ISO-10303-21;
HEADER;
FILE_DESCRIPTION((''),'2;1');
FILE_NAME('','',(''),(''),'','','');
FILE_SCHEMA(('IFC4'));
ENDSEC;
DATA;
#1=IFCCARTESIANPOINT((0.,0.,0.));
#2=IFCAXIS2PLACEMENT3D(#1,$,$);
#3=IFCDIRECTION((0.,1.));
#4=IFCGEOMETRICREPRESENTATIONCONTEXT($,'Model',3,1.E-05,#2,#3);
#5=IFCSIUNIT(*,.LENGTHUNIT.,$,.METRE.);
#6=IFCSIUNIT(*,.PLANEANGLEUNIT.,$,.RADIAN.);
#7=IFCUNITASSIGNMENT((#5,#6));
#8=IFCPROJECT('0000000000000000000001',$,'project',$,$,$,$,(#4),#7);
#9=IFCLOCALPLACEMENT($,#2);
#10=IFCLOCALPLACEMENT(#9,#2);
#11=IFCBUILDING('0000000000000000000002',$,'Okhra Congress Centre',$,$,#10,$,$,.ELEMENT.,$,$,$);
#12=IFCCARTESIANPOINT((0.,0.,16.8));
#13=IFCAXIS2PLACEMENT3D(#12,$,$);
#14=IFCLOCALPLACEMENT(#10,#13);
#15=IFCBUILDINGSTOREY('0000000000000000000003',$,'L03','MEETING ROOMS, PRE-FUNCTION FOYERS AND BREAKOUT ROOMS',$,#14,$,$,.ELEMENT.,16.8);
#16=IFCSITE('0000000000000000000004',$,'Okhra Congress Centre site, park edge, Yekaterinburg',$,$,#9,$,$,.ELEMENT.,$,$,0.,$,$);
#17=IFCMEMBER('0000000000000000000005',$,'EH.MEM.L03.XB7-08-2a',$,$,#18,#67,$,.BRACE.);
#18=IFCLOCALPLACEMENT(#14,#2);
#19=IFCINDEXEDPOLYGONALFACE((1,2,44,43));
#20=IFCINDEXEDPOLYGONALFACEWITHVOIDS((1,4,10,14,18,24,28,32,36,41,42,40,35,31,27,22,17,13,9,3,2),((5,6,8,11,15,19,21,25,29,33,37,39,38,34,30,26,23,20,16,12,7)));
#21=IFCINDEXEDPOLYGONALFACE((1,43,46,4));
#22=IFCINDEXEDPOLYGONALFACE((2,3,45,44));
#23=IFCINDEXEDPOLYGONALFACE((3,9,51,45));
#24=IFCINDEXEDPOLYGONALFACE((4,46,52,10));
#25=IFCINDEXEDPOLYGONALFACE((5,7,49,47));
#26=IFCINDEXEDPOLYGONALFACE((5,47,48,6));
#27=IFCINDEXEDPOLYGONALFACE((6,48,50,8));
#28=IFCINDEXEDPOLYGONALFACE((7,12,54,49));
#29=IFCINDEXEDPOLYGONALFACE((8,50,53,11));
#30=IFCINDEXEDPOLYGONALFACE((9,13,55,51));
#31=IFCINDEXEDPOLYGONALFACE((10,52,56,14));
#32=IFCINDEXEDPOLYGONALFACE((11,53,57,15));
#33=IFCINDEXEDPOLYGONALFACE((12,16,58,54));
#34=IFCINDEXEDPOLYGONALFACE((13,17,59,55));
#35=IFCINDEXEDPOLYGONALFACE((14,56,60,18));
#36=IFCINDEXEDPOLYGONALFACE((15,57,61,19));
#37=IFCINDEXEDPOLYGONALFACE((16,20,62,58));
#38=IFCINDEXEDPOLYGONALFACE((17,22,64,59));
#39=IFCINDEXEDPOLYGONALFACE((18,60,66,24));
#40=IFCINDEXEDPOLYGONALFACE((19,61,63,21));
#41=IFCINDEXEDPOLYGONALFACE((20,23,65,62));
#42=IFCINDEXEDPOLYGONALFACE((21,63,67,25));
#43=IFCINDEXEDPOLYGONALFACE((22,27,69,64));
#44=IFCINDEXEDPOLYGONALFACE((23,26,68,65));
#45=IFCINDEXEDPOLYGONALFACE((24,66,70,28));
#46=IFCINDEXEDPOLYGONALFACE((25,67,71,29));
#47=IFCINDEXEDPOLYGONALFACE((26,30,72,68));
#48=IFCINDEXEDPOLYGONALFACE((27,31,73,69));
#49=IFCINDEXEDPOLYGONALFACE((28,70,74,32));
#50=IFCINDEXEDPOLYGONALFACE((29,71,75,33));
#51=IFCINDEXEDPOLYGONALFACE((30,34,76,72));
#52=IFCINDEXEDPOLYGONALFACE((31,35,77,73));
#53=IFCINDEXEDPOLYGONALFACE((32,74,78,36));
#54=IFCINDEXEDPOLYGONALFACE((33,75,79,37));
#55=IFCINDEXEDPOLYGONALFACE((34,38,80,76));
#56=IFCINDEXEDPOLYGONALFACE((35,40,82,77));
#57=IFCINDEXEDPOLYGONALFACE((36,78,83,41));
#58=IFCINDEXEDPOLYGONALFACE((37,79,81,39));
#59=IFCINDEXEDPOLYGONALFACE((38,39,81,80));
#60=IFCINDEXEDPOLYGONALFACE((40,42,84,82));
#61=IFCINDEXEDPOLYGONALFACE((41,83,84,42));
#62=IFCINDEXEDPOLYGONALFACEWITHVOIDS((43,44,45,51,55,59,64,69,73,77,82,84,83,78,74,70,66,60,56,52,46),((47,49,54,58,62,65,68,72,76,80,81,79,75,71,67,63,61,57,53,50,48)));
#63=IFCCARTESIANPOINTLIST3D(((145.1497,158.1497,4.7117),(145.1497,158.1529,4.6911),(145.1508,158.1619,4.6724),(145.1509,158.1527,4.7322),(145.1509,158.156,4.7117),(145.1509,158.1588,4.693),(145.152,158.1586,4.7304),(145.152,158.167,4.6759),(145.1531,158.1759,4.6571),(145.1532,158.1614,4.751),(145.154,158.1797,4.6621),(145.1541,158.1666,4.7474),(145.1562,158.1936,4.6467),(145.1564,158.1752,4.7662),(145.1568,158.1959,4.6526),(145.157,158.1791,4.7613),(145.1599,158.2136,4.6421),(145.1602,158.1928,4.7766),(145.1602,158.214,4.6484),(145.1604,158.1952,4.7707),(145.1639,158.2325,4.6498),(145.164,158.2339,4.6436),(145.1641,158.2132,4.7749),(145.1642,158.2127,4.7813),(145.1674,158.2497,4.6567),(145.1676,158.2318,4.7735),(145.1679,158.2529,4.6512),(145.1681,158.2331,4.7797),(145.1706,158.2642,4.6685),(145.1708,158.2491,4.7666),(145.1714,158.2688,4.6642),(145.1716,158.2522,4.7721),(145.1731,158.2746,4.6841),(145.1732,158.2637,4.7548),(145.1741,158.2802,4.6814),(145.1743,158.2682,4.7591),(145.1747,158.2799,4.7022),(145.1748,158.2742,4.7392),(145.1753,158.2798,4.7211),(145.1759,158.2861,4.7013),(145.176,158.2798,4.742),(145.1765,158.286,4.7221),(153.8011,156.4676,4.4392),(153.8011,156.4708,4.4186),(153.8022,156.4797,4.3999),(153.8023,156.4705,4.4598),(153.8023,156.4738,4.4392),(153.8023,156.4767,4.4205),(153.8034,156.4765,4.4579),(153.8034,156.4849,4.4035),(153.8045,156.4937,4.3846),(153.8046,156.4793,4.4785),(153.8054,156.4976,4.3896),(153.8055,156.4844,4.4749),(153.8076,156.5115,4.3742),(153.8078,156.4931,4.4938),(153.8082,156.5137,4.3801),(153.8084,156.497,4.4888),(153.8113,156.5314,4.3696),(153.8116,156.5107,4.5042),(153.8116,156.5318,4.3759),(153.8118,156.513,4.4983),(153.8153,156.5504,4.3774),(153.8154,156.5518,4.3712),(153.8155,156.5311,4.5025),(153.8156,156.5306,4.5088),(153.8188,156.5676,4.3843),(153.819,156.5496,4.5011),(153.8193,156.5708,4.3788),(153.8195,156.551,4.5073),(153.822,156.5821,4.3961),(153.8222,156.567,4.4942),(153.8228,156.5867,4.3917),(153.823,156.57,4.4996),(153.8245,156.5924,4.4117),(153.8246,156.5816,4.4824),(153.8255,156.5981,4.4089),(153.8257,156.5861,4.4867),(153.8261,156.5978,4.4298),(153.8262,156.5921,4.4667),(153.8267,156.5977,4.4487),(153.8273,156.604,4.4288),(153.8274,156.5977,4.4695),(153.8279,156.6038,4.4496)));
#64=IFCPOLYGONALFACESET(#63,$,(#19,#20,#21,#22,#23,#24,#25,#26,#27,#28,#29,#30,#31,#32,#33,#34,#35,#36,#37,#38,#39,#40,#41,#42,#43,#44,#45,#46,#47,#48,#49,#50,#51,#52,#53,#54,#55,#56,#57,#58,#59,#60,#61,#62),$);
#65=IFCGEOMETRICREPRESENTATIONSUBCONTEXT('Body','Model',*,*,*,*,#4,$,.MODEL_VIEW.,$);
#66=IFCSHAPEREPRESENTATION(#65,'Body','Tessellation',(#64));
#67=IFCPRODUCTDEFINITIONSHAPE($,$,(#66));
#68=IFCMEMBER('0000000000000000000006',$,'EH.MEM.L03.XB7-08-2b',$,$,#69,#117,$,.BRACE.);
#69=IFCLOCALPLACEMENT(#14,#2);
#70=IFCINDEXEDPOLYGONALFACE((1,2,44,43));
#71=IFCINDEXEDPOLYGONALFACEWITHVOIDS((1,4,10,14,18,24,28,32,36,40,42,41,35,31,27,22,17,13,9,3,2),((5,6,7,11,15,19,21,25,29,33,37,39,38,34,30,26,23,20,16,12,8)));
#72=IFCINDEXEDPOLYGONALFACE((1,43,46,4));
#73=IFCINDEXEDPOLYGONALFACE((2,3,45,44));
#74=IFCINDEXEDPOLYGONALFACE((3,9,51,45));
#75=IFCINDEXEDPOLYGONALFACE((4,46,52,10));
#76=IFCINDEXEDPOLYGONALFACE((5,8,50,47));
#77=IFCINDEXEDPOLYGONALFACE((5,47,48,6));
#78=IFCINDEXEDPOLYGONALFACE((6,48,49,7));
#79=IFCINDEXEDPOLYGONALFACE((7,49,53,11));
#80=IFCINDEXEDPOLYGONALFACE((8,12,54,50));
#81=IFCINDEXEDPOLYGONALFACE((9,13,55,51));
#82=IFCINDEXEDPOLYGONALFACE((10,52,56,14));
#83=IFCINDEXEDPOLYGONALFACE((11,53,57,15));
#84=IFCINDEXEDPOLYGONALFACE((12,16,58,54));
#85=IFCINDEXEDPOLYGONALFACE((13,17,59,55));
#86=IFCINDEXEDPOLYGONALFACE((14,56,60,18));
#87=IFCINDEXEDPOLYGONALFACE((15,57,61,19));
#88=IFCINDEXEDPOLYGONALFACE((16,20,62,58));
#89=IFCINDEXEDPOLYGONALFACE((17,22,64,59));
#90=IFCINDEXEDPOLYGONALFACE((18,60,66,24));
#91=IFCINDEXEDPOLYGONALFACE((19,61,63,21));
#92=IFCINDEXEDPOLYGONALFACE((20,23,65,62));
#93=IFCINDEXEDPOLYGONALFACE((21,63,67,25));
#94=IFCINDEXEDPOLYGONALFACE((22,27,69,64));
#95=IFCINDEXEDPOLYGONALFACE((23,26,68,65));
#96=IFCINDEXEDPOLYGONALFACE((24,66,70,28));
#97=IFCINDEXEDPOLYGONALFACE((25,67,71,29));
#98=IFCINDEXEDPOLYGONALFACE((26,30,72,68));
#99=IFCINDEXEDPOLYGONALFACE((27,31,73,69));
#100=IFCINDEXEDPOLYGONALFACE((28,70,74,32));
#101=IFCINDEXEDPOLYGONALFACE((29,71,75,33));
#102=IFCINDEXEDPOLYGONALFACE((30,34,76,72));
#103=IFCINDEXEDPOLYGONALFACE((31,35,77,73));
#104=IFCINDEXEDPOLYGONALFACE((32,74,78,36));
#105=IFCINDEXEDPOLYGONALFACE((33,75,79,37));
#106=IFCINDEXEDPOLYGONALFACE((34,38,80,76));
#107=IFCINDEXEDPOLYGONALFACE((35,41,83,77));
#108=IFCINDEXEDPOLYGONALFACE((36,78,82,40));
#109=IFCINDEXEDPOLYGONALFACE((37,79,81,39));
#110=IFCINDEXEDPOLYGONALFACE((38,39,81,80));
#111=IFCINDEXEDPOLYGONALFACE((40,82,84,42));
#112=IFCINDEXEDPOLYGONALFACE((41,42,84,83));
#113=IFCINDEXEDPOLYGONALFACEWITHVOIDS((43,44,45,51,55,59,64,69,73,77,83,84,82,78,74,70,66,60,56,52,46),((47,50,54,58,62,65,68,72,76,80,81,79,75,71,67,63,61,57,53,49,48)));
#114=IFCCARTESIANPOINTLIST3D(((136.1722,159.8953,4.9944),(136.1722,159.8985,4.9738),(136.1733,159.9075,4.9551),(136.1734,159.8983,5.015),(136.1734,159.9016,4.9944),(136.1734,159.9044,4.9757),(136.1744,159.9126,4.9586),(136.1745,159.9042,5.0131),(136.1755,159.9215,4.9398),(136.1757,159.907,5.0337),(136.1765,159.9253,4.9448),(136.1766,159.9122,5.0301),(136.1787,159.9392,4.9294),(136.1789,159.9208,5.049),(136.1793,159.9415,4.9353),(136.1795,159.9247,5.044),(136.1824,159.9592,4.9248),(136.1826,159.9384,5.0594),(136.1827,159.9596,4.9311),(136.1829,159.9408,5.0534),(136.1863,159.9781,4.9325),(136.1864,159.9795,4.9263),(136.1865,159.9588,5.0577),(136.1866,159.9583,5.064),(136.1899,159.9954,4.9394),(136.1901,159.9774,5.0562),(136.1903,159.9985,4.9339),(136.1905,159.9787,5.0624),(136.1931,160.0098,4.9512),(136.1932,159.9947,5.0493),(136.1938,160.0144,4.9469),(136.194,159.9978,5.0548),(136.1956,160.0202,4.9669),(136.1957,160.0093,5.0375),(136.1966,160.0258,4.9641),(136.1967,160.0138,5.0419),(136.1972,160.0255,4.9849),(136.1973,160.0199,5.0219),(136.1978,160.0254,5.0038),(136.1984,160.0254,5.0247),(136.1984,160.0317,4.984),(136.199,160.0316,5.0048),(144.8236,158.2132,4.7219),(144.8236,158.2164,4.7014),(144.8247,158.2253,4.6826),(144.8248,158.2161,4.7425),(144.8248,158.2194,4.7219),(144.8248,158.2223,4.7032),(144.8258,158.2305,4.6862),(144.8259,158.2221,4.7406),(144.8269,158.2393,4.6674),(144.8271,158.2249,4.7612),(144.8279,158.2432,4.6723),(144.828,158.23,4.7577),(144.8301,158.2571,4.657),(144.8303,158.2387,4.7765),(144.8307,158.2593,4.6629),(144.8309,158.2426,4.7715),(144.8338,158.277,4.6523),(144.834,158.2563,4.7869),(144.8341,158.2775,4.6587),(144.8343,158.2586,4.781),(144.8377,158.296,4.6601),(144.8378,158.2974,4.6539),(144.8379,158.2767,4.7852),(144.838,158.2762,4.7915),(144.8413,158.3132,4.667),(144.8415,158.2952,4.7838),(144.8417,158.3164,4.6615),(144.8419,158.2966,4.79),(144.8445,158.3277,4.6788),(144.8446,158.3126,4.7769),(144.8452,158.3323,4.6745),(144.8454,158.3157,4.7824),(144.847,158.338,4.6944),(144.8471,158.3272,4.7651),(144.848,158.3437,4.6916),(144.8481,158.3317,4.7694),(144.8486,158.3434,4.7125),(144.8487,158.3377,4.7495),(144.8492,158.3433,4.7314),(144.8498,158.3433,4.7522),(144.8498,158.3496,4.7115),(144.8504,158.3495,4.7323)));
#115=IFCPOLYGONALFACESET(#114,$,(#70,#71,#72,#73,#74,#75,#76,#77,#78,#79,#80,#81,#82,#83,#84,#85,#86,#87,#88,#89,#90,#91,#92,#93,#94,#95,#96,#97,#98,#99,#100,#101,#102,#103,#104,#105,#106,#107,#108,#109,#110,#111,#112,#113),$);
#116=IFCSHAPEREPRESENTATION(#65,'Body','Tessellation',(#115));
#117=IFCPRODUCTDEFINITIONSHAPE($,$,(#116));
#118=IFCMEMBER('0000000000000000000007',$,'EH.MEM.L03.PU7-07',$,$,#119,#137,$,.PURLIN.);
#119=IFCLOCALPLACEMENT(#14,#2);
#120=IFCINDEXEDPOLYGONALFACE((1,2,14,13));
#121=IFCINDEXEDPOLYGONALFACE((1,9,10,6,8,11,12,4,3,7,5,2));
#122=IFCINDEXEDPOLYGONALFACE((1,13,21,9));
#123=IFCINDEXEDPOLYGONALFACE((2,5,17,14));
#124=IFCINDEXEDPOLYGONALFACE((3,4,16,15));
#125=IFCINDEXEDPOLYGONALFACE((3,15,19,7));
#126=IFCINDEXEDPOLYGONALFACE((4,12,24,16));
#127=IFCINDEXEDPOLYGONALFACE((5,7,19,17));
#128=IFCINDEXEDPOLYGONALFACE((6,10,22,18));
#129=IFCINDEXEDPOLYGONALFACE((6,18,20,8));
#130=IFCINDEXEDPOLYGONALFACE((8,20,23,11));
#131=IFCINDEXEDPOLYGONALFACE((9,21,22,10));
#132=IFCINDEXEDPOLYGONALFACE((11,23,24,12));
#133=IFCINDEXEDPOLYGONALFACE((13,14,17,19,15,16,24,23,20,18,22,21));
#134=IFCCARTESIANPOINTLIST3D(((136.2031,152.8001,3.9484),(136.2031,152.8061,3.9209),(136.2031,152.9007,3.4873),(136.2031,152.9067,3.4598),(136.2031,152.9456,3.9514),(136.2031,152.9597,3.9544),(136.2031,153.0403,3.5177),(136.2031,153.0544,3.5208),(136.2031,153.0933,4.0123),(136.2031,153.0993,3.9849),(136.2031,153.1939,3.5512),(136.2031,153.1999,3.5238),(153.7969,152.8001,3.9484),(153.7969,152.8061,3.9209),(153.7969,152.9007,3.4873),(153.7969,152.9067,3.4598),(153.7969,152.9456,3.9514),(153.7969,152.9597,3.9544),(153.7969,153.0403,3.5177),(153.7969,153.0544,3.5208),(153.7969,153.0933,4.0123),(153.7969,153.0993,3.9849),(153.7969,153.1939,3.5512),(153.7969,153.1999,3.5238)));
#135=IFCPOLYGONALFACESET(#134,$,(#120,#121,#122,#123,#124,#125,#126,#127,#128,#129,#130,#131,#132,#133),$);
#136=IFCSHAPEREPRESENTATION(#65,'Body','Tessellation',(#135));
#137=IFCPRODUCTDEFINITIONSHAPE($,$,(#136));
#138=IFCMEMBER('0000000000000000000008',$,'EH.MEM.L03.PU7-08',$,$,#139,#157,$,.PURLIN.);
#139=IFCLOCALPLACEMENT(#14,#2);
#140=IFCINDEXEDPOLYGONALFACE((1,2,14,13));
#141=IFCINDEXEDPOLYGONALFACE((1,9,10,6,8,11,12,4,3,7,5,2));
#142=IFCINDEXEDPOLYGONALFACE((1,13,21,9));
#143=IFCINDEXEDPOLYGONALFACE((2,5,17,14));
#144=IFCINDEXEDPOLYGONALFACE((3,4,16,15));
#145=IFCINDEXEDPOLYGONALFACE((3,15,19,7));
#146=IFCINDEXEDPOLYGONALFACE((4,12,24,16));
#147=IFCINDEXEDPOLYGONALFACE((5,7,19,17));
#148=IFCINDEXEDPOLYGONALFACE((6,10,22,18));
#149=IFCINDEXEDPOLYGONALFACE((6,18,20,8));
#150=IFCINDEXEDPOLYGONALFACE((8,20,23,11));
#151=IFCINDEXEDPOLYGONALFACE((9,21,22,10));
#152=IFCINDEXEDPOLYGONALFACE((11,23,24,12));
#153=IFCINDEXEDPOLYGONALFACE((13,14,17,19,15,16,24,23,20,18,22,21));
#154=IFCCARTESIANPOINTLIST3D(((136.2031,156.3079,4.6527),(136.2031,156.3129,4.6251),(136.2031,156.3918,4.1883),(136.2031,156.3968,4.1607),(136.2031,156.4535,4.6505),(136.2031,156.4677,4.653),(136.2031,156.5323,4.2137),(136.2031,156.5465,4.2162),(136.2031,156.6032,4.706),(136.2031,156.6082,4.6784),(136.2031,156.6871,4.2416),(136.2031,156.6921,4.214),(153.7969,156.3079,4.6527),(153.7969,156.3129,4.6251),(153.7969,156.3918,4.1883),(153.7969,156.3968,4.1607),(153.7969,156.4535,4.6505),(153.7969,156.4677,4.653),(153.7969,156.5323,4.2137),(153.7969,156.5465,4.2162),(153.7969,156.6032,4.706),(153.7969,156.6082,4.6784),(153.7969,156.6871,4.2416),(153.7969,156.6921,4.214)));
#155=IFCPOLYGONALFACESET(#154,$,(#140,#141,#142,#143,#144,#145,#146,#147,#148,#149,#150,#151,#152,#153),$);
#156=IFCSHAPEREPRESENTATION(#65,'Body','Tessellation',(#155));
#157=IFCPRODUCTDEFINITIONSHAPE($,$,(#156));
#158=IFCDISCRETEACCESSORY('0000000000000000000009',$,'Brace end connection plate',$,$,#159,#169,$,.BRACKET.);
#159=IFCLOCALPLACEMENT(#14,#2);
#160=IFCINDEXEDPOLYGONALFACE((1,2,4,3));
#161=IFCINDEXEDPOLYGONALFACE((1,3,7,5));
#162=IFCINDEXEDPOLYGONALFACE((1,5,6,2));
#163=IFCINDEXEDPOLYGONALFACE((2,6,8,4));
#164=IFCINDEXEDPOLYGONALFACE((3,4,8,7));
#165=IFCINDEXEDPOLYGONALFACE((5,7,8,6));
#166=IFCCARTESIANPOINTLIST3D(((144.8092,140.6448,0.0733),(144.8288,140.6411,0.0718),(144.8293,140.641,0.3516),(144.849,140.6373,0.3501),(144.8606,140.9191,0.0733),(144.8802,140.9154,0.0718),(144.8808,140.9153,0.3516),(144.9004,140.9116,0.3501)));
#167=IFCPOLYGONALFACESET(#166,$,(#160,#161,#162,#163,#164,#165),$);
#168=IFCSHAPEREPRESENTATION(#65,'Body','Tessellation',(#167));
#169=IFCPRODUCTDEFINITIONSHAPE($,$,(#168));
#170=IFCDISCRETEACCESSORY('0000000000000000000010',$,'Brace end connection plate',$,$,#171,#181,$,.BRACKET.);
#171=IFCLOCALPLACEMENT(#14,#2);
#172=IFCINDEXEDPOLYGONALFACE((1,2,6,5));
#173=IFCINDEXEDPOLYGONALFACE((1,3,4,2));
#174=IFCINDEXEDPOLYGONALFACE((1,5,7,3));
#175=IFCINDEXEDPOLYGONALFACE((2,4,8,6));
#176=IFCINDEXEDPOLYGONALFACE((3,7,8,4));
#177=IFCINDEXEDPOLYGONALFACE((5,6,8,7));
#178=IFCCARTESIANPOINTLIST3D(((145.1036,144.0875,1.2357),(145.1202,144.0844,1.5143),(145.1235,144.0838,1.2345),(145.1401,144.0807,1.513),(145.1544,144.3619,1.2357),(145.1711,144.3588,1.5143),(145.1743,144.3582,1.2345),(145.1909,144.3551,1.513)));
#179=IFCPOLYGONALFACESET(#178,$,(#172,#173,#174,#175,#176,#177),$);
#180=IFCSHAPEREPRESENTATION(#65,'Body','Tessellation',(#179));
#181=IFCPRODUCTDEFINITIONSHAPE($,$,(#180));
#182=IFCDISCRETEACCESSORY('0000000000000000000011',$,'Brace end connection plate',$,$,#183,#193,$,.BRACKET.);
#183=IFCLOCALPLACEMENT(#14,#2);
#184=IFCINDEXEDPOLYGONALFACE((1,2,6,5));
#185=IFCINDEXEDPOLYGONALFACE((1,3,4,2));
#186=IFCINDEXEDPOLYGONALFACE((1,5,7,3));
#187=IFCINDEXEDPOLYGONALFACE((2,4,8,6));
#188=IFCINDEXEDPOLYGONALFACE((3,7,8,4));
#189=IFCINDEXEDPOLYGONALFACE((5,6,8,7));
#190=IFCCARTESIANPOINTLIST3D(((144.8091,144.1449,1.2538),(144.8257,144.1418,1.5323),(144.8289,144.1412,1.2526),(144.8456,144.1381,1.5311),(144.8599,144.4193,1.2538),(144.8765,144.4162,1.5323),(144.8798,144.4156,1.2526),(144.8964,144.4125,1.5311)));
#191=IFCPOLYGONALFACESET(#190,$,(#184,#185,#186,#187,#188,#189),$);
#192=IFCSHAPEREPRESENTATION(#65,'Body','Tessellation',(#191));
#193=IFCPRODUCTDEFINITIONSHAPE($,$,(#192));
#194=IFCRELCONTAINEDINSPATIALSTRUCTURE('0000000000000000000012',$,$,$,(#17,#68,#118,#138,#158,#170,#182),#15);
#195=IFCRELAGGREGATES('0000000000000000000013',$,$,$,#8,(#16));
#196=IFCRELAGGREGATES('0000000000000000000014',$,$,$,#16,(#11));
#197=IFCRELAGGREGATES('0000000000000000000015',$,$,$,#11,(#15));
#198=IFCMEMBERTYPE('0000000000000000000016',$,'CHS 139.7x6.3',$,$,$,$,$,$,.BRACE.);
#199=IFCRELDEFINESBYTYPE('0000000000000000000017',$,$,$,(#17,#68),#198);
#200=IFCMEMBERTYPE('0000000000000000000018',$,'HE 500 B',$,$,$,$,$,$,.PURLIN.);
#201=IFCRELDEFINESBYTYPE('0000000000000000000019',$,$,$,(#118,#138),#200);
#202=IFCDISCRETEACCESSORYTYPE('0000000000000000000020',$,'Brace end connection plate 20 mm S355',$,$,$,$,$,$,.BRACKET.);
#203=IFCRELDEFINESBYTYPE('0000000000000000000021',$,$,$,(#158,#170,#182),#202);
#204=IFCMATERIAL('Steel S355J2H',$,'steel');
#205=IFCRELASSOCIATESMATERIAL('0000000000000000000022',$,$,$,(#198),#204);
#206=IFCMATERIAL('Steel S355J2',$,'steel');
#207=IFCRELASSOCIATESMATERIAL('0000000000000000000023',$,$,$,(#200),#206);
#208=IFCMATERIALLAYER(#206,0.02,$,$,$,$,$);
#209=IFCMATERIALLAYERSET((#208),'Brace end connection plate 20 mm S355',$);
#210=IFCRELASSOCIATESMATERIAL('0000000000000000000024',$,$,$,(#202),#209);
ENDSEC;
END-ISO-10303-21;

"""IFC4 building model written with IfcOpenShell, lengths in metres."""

from ifc_helpers import new_model, si_unit, direction, frame, origin, origin_2d, place, context, subcontext, project, spatial, rectangle, hollow_circle, i_section, extrude, material, layer, layer_set, material_profile, profile_set, type_object, element, save


model = new_model("IFC4")

# Units and contexts
model_context = context("Model", 3, precision=1e-05, world=origin(), true_north=direction((0.0, 1.0)))
body_context = subcontext(model_context, "Body", "Model", "MODEL_VIEW")
ifc_project = project(units=[si_unit("LENGTHUNIT", "METRE"), si_unit("PLANEANGLEUNIT", "RADIAN")], contexts=[model_context])

# Site, building, storey
site_placement = place(None, origin())
site = spatial("IfcSite", under=ifc_project, at=site_placement, Name="Okhra Congress Centre site, park edge, Yekaterinburg", CompositionType="ELEMENT", RefElevation=0.0)
building_placement = place(site_placement, origin())
building = spatial("IfcBuilding", under=site, at=building_placement, Name="Okhra Congress Centre", CompositionType="ELEMENT")
storey_placement = place(building_placement, frame((0.0, 0.0, 16.8)))
storey = spatial("IfcBuildingStorey", under=building, at=storey_placement, Name="L03", Description="MEETING ROOMS, PRE-FUNCTION FOYERS AND BREAKOUT ROOMS", CompositionType="ELEMENT", Elevation=16.8)

# Members
ifc_material_1 = material(Name="Steel S355J2H", Category="steel")
ifc_material_profile_1 = material_profile(ifc_material_1, hollow_circle(Radius=0.0698, WallThickness=0.0063, at=origin_2d()), Name="CHS 139.7x6.3")
ifc_profile_set_1 = profile_set([ifc_material_profile_1], Name="Steel S355J2H")
member_type_1 = type_object("IfcMemberType", Name="CHS 139.7x6.3", PredefinedType="BRACE", material=ifc_profile_set_1)
for number, where, z_axis, x_axis, name in (
    (1, (153.8145, 156.5361, 4.4392), (-0.981148, 0.19077, 0.0309), (-0.190861, -0.981617, 0.0), "EH.MEM.L03.XB7-08-2a"),
    (2, (144.8369, 158.2817, 4.7219), (-0.981148, 0.19077, 0.0309), (-0.190861, -0.981617, 0.0), "EH.MEM.L03.XB7-08-2b"),
):
    element("IfcMember", number, at=place(storey_placement, frame(where, z_axis=z_axis, x_axis=x_axis)), inside=storey, type_object=member_type_1, Name=name, PredefinedType="BRACE", context=body_context, shape_type="SweptSolid", body=[
        extrude(hollow_circle(Radius=0.0698, WallThickness=0.0063, at=origin_2d()), origin(), (0.0, 0.0, 1.0), 8.8176),
    ])
ifc_material_2 = material(Name="Steel S355J2", Category="steel")
ifc_material_profile_2 = material_profile(ifc_material_2, i_section(OverallWidth=0.3, OverallDepth=0.5, WebThickness=0.0144, FlangeThickness=0.0281, at=origin_2d()), Name="HE 500 B")
ifc_profile_set_2 = profile_set([ifc_material_profile_2], Name="Steel S355J2")
member_type_2 = type_object("IfcMemberType", Name="HE 500 B", PredefinedType="PURLIN", material=ifc_profile_set_2)
for number, where, z_axis, x_axis, name in (
    (3, (136.2031, 153.0, 3.7361), (1.0, 0.0, 0.0), (0.0, 0.977008, 0.213204), "EH.MEM.L03.PU7-07"),
    (4, (136.2031, 156.5, 4.4333), (1.0, 0.0, 0.0), (0.0, 0.98409, 0.177669), "EH.MEM.L03.PU7-08"),
):
    element("IfcMember", number, at=place(storey_placement, frame(where, z_axis=z_axis, x_axis=x_axis)), inside=storey, type_object=member_type_2, Name=name, PredefinedType="PURLIN", context=body_context, shape_type="SweptSolid", body=[
        extrude(i_section(OverallWidth=0.3, OverallDepth=0.5, WebThickness=0.0144, FlangeThickness=0.0281, at=origin_2d()), origin(), (0.0, 0.0, 1.0), 17.5938),
    ])

# Discrete accessories
ifc_layer = layer(ifc_material_2, 0.02)
ifc_layer_set = layer_set([ifc_layer], Name="Brace end connection plate 20 mm S355")
discrete_accessory_type_1 = type_object("IfcDiscreteAccessoryType", Name="Brace end connection plate 20 mm S355", PredefinedType="BRACKET", material=ifc_layer_set)
discrete_accessory_placement = place(storey_placement, frame((144.845, 140.78, 0.2124), z_axis=(0.980213, -0.18379, -0.073516), x_axis=(0.184289, 0.982872, 0.0)))
element("IfcDiscreteAccessory", 5, at=discrete_accessory_placement, inside=storey, type_object=discrete_accessory_type_1, Name="Brace end connection plate", PredefinedType="BRACKET", context=body_context, shape_type="SweptSolid", body=[
    extrude(rectangle(XDim=0.2791, YDim=0.2791, at=origin_2d()), origin(), (0.0, 0.0, 1.0), 0.02),
])
for number, where, z_axis, x_axis, name in (
    (6, (145.1572, 144.2195, 1.3738), (-0.981476, 0.181755, 0.060585), (-0.182089, -0.983282, 0.0), "Brace end connection plate"),
    (7, (144.8428, 144.2805, 1.3931), (0.981476, -0.181755, -0.060585), (0.182089, 0.983282, 0.0), "Brace end connection plate"),
):
    element("IfcDiscreteAccessory", number, at=place(storey_placement, frame(where, z_axis=z_axis, x_axis=x_axis)), inside=storey, type_object=discrete_accessory_type_1, Name=name, PredefinedType="BRACKET", context=body_context, shape_type="SweptSolid", body=[
        extrude(rectangle(XDim=0.2791, YDim=0.2791, at=origin_2d()), origin(), (0.0, 0.0, 1.0), 0.0203),
    ])

save(model, "model.ifc")
